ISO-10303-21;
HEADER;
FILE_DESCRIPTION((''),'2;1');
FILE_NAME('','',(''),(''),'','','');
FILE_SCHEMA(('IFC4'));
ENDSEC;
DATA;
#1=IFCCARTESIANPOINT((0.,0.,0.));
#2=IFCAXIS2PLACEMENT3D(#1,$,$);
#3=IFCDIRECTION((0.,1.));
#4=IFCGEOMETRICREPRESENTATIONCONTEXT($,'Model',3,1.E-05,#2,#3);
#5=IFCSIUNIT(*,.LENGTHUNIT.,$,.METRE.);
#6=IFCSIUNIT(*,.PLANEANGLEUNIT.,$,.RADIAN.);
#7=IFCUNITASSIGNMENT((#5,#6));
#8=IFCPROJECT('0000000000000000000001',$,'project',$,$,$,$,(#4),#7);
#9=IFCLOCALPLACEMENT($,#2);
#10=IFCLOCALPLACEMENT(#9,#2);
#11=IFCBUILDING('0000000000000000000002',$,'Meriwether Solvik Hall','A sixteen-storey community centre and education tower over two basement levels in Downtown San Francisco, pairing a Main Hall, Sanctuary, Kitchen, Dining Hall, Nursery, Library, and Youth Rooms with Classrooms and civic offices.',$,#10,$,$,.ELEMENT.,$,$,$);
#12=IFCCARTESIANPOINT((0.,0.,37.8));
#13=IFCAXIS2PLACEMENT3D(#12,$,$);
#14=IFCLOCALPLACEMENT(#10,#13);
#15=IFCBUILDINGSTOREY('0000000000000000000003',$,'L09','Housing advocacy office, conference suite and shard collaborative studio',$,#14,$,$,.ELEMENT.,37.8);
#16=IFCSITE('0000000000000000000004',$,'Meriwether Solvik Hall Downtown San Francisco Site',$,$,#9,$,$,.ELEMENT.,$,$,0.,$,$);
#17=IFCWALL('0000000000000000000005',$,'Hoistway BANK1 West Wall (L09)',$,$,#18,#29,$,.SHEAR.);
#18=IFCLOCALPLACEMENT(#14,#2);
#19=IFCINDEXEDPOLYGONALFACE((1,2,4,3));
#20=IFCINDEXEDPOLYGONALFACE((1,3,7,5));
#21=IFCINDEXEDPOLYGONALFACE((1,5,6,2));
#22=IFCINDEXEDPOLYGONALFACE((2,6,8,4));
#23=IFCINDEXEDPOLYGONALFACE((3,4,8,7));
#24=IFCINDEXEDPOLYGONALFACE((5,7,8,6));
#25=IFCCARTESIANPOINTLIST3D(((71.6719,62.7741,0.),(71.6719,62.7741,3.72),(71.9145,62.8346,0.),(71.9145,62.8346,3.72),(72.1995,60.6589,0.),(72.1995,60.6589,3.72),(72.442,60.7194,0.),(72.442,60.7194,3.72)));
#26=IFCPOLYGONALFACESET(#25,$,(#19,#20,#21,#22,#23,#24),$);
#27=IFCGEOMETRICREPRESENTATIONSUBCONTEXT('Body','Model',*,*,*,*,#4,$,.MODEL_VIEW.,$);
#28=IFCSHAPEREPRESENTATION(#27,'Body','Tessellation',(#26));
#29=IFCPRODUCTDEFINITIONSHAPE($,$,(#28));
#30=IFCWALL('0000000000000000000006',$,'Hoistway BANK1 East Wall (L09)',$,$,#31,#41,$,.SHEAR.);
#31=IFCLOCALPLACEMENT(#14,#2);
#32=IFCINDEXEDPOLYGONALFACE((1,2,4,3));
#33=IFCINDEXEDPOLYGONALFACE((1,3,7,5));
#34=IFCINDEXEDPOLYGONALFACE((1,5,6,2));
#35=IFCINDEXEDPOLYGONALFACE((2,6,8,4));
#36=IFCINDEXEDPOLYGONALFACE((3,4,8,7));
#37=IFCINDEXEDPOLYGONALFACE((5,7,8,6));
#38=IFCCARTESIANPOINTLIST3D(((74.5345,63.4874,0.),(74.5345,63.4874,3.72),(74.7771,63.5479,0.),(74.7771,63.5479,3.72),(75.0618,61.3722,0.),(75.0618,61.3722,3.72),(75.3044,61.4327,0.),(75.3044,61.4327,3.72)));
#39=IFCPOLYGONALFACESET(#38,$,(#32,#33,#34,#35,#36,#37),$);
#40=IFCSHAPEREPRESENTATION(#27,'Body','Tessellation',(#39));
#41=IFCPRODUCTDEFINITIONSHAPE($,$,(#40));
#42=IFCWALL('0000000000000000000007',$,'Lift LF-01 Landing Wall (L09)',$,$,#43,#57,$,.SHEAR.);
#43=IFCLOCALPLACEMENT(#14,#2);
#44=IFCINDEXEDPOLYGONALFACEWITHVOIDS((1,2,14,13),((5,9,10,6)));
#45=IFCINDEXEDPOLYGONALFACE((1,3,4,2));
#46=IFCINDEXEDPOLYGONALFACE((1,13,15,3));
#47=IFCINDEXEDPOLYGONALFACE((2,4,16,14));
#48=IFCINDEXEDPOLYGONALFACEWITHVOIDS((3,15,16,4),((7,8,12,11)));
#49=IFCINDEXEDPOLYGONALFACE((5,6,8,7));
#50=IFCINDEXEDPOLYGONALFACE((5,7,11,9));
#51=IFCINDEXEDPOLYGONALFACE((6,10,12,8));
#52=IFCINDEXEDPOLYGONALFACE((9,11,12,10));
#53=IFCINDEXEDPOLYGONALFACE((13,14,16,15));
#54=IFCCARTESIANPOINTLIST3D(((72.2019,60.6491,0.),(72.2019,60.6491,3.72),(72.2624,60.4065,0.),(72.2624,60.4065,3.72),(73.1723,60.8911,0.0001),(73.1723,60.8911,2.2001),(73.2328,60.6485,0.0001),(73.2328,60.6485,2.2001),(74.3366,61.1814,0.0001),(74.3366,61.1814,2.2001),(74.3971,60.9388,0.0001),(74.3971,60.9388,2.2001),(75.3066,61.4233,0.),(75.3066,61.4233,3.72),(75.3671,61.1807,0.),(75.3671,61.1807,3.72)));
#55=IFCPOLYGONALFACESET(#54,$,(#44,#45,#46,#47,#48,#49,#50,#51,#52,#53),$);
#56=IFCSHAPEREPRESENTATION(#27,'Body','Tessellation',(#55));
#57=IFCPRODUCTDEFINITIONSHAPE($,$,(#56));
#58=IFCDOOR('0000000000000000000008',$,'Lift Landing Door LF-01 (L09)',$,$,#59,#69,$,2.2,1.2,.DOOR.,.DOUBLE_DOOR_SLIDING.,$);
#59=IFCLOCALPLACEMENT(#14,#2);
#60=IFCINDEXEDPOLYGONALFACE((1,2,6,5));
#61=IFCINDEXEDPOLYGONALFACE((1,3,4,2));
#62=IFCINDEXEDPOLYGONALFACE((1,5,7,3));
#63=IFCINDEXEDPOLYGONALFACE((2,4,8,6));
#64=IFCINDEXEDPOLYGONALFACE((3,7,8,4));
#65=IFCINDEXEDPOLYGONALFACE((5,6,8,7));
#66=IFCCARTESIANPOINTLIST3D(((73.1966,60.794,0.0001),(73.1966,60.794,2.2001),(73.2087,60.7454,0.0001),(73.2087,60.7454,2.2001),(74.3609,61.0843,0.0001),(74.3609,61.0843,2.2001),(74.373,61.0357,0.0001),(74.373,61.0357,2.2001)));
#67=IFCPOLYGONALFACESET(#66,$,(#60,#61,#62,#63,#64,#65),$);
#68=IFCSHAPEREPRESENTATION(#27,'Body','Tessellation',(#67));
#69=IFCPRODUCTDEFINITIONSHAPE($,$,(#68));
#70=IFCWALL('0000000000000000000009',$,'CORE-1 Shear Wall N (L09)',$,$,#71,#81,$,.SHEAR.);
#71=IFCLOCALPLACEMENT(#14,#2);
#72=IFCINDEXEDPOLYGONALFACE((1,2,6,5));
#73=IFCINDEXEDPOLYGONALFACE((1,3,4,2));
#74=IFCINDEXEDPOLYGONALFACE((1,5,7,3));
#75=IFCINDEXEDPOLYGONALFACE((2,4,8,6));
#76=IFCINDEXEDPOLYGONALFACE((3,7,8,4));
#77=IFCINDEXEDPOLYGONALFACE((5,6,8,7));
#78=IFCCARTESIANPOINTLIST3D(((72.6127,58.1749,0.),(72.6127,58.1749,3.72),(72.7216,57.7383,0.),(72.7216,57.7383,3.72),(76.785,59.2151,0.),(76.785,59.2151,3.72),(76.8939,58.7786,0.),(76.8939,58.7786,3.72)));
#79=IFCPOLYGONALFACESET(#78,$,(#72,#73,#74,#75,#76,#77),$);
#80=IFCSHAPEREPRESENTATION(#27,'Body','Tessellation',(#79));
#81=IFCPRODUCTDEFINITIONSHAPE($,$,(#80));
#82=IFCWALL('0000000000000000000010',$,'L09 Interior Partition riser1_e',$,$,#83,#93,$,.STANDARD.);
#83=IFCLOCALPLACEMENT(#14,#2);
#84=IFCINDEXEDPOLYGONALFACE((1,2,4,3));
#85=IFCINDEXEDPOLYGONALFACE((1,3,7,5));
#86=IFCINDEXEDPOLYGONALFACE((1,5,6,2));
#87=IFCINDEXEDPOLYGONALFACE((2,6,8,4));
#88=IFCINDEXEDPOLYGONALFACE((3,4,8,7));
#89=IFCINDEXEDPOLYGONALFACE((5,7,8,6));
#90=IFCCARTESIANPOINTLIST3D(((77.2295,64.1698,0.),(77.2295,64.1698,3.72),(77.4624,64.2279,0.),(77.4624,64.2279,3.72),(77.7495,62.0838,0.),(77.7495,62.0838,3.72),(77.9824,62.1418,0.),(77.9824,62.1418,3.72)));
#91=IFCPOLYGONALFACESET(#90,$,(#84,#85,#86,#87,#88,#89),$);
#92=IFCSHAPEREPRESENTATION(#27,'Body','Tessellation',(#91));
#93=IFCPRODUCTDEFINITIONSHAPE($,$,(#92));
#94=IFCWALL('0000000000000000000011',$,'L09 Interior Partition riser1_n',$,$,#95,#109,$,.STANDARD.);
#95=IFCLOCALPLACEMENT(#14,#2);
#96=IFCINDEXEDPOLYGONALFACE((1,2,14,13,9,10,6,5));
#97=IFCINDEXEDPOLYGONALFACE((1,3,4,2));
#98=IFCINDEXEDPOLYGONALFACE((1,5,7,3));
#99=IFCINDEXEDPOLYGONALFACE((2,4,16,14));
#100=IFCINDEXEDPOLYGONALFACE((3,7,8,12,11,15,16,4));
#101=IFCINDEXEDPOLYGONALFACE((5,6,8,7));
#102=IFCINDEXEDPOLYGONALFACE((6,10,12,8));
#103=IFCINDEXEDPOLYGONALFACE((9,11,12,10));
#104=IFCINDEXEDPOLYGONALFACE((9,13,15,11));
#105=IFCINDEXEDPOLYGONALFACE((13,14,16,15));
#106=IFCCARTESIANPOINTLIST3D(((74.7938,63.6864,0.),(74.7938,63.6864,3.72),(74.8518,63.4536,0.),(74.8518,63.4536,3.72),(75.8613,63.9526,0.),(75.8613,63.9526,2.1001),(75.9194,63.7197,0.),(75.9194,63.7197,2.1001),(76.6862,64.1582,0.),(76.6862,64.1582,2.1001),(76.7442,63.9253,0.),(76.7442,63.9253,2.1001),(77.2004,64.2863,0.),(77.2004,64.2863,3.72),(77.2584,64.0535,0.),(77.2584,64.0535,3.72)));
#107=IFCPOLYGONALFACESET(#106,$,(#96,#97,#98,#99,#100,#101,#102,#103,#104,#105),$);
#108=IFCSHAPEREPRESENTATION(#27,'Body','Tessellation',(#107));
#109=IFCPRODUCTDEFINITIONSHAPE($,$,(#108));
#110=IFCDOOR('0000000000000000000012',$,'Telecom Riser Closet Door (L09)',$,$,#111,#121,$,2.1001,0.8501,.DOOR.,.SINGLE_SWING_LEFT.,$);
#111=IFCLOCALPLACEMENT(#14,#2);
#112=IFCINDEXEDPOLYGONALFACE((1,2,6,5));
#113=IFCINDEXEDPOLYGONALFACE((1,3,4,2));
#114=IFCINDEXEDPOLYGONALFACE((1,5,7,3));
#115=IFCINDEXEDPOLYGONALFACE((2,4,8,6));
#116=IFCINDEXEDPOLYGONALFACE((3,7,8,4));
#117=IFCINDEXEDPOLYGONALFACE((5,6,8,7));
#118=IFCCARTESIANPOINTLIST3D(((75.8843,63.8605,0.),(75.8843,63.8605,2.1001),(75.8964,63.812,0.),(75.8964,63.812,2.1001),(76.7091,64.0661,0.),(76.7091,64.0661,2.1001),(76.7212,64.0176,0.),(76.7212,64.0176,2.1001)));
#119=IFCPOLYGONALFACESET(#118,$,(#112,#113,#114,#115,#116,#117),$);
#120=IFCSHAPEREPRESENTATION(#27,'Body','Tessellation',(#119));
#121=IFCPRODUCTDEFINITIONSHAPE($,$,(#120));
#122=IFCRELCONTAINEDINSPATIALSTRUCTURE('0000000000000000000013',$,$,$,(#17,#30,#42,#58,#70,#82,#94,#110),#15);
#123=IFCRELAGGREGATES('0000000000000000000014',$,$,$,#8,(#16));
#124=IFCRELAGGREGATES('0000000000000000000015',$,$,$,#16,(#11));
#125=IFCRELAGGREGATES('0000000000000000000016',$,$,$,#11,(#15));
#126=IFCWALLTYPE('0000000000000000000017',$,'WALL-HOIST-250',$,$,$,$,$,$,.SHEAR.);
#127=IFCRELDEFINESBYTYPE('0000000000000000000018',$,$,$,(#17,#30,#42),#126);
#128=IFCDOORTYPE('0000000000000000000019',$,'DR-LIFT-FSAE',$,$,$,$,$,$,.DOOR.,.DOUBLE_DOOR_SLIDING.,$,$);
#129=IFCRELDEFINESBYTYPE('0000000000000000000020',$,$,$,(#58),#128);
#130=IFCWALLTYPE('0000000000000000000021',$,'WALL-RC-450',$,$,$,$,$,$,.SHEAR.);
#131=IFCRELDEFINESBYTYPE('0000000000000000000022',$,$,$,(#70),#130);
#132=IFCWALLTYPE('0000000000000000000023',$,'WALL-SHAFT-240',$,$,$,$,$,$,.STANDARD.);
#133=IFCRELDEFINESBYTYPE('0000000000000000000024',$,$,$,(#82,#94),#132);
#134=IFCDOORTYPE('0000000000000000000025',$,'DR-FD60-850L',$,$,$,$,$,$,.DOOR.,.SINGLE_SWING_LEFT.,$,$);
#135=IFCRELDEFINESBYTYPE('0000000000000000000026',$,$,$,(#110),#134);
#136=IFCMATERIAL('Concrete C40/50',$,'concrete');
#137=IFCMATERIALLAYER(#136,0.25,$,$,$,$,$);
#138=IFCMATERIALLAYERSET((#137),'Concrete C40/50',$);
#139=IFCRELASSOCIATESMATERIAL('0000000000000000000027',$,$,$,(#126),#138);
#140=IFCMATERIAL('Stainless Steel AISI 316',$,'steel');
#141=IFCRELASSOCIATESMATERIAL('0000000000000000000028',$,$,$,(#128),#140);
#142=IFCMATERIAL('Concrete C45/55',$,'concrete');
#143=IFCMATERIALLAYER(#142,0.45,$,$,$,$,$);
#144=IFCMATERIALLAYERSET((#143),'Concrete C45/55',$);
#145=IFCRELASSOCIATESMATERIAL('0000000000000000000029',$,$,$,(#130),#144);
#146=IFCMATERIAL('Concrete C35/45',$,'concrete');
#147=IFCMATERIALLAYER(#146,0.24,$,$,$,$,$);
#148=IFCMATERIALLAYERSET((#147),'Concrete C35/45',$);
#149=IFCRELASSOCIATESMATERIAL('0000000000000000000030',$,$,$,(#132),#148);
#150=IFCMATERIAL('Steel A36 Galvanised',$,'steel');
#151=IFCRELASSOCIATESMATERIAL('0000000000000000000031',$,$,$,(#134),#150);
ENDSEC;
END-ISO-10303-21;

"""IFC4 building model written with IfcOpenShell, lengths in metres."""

from ifc_helpers import new_model, si_unit, direction, frame, frame_2d, origin, place, context, subcontext, project, spatial, rectangle, extrude, material, layer, layer_set, type_object, element, fill, save


model = new_model("IFC4")

# Units and contexts
model_context = context("Model", 3, precision=1e-05, world=origin(), true_north=direction((0.0, 1.0)))
body_context = subcontext(model_context, "Body", "Model", "MODEL_VIEW")
ifc_project = project(units=[si_unit("LENGTHUNIT", "METRE"), si_unit("PLANEANGLEUNIT", "RADIAN")], contexts=[model_context])

# Site, building, storey
site_placement = place(None, origin())
site = spatial("IfcSite", under=ifc_project, at=site_placement, Name="Meriwether Solvik Hall Downtown San Francisco Site", CompositionType="ELEMENT", RefElevation=0.0)
building_placement = place(site_placement, origin())
building = spatial("IfcBuilding", under=site, at=building_placement, Name="Meriwether Solvik Hall", Description="A sixteen-storey community centre and education tower over two basement levels in Downtown San Francisco, pairing a Main Hall, Sanctuary, Kitchen, Dining Hall, Nursery, Library, and Youth Rooms with Classrooms and civic offices.", CompositionType="ELEMENT")
storey_placement = place(building_placement, frame((0.0, 0.0, 37.8)))
storey = spatial("IfcBuildingStorey", under=building, at=storey_placement, Name="L09", Description="Housing advocacy office, conference suite and shard collaborative studio", CompositionType="ELEMENT", Elevation=37.8)

# Walls
ifc_material_1 = material(Name="Concrete C40/50", Category="concrete")
ifc_layer_1 = layer(ifc_material_1, 0.25)
ifc_layer_set_1 = layer_set([ifc_layer_1], Name="Concrete C40/50")
wall_type_1 = type_object("IfcWallType", Name="WALL-HOIST-250", PredefinedType="SHEAR", material=ifc_layer_set_1)
for number, where, z_axis, x_axis, name in (
    (1, (71.7932, 62.8042, 0.0), (0.0, 0.0, 1.0), (0.242009, -0.970274, 0.0), "Hoistway BANK1 West Wall (L09)"),
    (2, (75.1831, 61.4026, 0.0), (0.0, 0.0, 1.0), (-0.241903, 0.9703, 0.0), "Hoistway BANK1 East Wall (L09)"),
):
    element("IfcWall", number, at=place(storey_placement, frame(where, z_axis=z_axis, x_axis=x_axis)), inside=storey, type_object=wall_type_1, Name=name, PredefinedType="SHEAR", context=body_context, shape_type="SweptSolid", body=[
        extrude(rectangle(XDim=2.1799, YDim=0.25, at=frame_2d((1.0898, 0.0))), origin(), (0.0, 0.0, 1.0), 3.72),
    ])

# Wall, opening, door
wall_1_placement = place(storey_placement, frame((72.2322, 60.5278, 0.0), z_axis=(0.0, 0.0, 1.0), x_axis=(0.97029, 0.241943, 0.0)))
wall_1 = element("IfcWall", 3, at=wall_1_placement, inside=storey, type_object=wall_type_1, Name="Lift LF-01 Landing Wall (L09)", PredefinedType="SHEAR", context=body_context, shape_type="SweptSolid", body=[
    extrude(rectangle(XDim=3.1997, YDim=0.25, at=frame_2d((1.5999, 0.0))), origin(), (0.0, 0.0, 1.0), 3.72),
])
opening_1_placement = place(wall_1_placement, frame((1.0, 0.0, 0.0)))
opening_1 = element("IfcOpeningElement", 4, at=opening_1_placement, cuts=wall_1, PredefinedType="OPENING", context=body_context, shape_type="SweptSolid", body=[
    extrude(rectangle(XDim=1.2, YDim=2.2, at=frame_2d((0.6001, 1.1001))), frame((0.0, 0.137, 0.0), z_axis=(0.0, -1.0, 0.0), x_axis=(1.0, 0.0, 0.0)), (0.0, 0.0, 1.0), 0.2739),
])
ifc_material_2 = material(Name="Stainless Steel AISI 316", Category="steel")
door_type_1 = type_object("IfcDoorType", Name="DR-LIFT-FSAE", OperationType="DOUBLE_DOOR_SLIDING", PredefinedType="DOOR", material=ifc_material_2)
door_1_placement = place(opening_1_placement, origin())
door_1 = element("IfcDoor", 5, at=door_1_placement, inside=storey, type_object=door_type_1, Name="Lift Landing Door LF-01 (L09)", OperationType="DOUBLE_DOOR_SLIDING", OverallHeight=2.2, OverallWidth=1.2, PredefinedType="DOOR", context=body_context, shape_type="SweptSolid", body=[
    extrude(rectangle(XDim=1.2, YDim=2.2, at=frame_2d((0.6001, 1.1001))), frame((0.0, 0.0249, 0.0), z_axis=(0.0, -1.0, 0.0), x_axis=(1.0, 0.0, 0.0)), (0.0, 0.0, 1.0), 0.05),
])
fill(opening_1, door_1)

# Walls
ifc_material_3 = material(Name="Concrete C45/55", Category="concrete")
ifc_layer_2 = layer(ifc_material_3, 0.45)
ifc_layer_set_2 = layer_set([ifc_layer_2], Name="Concrete C45/55")
wall_type_2 = type_object("IfcWallType", Name="WALL-RC-450", PredefinedType="SHEAR", material=ifc_layer_set_2)
wall_2_placement = place(storey_placement, frame((76.8394, 58.9968, 0.0), z_axis=(0.0, 0.0, 1.0), x_axis=(-0.970296, -0.241921, 0.0)))
element("IfcWall", 6, at=wall_2_placement, inside=storey, type_object=wall_type_2, Name="CORE-1 Shear Wall N (L09)", PredefinedType="SHEAR", context=body_context, shape_type="SweptSolid", body=[
    extrude(rectangle(XDim=4.3, YDim=0.45, at=frame_2d((2.1499, 0.0))), origin(), (0.0, 0.0, 1.0), 3.72),
])
ifc_material_4 = material(Name="Concrete C35/45", Category="concrete")
ifc_layer_3 = layer(ifc_material_4, 0.24)
ifc_layer_set_3 = layer_set([ifc_layer_3], Name="Concrete C35/45")
wall_type_3 = type_object("IfcWallType", Name="WALL-SHAFT-240", PredefinedType="STANDARD", material=ifc_layer_set_3)
wall_3_placement = place(storey_placement, frame((77.866, 62.1128, 0.0), z_axis=(0.0, 0.0, 1.0), x_axis=(-0.241868, 0.970309, 0.0)))
element("IfcWall", 7, at=wall_3_placement, inside=storey, type_object=wall_type_3, Name="L09 Interior Partition riser1_e", PredefinedType="STANDARD", context=body_context, shape_type="SweptSolid", body=[
    extrude(rectangle(XDim=2.1499, YDim=0.24, at=frame_2d((1.075, 0.0))), origin(), (0.0, 0.0, 1.0), 3.72),
])

# Wall, opening, door
wall_4_placement = place(storey_placement, frame((77.2295, 64.1699, 0.0), z_axis=(0.0, 0.0, 1.0), x_axis=(-0.97031, -0.241864, 0.0)))
wall_4 = element("IfcWall", 8, at=wall_4_placement, inside=storey, type_object=wall_type_3, Name="L09 Interior Partition riser1_n", PredefinedType="STANDARD", context=body_context, shape_type="SweptSolid", body=[
    extrude(rectangle(XDim=2.4802, YDim=0.24, at=frame_2d((1.2402, 0.0))), origin(), (0.0, 0.0, 1.0), 3.72),
])
opening_2_placement = place(wall_4_placement, frame((0.53, 0.0, 0.0)))
opening_2 = element("IfcOpeningElement", 9, at=opening_2_placement, cuts=wall_4, PredefinedType="OPENING", context=body_context, shape_type="SweptSolid", body=[
    extrude(rectangle(XDim=0.8501, YDim=2.1001, at=frame_2d((0.425, 1.05))), frame((0.0, 0.1318, 0.0), z_axis=(0.0, -1.0, 0.0), x_axis=(1.0, 0.0, 0.0)), (0.0, 0.0, 1.0), 0.2639),
])
ifc_material_5 = material(Name="Steel A36 Galvanised", Category="steel")
door_type_2 = type_object("IfcDoorType", Name="DR-FD60-850L", OperationType="SINGLE_SWING_LEFT", PredefinedType="DOOR", material=ifc_material_5)
door_2_placement = place(opening_2_placement, origin())
door_2 = element("IfcDoor", 10, at=door_2_placement, inside=storey, type_object=door_type_2, Name="Telecom Riser Closet Door (L09)", OperationType="SINGLE_SWING_LEFT", OverallHeight=2.1001, OverallWidth=0.8501, PredefinedType="DOOR", context=body_context, shape_type="SweptSolid", body=[
    extrude(rectangle(XDim=0.8501, YDim=2.1001, at=frame_2d((0.425, 1.05))), frame((0.0, 0.0249, 0.0), z_axis=(0.0, -1.0, 0.0), x_axis=(1.0, 0.0, 0.0)), (0.0, 0.0, 1.0), 0.05),
])
fill(opening_2, door_2)

save(model, "model.ifc")
